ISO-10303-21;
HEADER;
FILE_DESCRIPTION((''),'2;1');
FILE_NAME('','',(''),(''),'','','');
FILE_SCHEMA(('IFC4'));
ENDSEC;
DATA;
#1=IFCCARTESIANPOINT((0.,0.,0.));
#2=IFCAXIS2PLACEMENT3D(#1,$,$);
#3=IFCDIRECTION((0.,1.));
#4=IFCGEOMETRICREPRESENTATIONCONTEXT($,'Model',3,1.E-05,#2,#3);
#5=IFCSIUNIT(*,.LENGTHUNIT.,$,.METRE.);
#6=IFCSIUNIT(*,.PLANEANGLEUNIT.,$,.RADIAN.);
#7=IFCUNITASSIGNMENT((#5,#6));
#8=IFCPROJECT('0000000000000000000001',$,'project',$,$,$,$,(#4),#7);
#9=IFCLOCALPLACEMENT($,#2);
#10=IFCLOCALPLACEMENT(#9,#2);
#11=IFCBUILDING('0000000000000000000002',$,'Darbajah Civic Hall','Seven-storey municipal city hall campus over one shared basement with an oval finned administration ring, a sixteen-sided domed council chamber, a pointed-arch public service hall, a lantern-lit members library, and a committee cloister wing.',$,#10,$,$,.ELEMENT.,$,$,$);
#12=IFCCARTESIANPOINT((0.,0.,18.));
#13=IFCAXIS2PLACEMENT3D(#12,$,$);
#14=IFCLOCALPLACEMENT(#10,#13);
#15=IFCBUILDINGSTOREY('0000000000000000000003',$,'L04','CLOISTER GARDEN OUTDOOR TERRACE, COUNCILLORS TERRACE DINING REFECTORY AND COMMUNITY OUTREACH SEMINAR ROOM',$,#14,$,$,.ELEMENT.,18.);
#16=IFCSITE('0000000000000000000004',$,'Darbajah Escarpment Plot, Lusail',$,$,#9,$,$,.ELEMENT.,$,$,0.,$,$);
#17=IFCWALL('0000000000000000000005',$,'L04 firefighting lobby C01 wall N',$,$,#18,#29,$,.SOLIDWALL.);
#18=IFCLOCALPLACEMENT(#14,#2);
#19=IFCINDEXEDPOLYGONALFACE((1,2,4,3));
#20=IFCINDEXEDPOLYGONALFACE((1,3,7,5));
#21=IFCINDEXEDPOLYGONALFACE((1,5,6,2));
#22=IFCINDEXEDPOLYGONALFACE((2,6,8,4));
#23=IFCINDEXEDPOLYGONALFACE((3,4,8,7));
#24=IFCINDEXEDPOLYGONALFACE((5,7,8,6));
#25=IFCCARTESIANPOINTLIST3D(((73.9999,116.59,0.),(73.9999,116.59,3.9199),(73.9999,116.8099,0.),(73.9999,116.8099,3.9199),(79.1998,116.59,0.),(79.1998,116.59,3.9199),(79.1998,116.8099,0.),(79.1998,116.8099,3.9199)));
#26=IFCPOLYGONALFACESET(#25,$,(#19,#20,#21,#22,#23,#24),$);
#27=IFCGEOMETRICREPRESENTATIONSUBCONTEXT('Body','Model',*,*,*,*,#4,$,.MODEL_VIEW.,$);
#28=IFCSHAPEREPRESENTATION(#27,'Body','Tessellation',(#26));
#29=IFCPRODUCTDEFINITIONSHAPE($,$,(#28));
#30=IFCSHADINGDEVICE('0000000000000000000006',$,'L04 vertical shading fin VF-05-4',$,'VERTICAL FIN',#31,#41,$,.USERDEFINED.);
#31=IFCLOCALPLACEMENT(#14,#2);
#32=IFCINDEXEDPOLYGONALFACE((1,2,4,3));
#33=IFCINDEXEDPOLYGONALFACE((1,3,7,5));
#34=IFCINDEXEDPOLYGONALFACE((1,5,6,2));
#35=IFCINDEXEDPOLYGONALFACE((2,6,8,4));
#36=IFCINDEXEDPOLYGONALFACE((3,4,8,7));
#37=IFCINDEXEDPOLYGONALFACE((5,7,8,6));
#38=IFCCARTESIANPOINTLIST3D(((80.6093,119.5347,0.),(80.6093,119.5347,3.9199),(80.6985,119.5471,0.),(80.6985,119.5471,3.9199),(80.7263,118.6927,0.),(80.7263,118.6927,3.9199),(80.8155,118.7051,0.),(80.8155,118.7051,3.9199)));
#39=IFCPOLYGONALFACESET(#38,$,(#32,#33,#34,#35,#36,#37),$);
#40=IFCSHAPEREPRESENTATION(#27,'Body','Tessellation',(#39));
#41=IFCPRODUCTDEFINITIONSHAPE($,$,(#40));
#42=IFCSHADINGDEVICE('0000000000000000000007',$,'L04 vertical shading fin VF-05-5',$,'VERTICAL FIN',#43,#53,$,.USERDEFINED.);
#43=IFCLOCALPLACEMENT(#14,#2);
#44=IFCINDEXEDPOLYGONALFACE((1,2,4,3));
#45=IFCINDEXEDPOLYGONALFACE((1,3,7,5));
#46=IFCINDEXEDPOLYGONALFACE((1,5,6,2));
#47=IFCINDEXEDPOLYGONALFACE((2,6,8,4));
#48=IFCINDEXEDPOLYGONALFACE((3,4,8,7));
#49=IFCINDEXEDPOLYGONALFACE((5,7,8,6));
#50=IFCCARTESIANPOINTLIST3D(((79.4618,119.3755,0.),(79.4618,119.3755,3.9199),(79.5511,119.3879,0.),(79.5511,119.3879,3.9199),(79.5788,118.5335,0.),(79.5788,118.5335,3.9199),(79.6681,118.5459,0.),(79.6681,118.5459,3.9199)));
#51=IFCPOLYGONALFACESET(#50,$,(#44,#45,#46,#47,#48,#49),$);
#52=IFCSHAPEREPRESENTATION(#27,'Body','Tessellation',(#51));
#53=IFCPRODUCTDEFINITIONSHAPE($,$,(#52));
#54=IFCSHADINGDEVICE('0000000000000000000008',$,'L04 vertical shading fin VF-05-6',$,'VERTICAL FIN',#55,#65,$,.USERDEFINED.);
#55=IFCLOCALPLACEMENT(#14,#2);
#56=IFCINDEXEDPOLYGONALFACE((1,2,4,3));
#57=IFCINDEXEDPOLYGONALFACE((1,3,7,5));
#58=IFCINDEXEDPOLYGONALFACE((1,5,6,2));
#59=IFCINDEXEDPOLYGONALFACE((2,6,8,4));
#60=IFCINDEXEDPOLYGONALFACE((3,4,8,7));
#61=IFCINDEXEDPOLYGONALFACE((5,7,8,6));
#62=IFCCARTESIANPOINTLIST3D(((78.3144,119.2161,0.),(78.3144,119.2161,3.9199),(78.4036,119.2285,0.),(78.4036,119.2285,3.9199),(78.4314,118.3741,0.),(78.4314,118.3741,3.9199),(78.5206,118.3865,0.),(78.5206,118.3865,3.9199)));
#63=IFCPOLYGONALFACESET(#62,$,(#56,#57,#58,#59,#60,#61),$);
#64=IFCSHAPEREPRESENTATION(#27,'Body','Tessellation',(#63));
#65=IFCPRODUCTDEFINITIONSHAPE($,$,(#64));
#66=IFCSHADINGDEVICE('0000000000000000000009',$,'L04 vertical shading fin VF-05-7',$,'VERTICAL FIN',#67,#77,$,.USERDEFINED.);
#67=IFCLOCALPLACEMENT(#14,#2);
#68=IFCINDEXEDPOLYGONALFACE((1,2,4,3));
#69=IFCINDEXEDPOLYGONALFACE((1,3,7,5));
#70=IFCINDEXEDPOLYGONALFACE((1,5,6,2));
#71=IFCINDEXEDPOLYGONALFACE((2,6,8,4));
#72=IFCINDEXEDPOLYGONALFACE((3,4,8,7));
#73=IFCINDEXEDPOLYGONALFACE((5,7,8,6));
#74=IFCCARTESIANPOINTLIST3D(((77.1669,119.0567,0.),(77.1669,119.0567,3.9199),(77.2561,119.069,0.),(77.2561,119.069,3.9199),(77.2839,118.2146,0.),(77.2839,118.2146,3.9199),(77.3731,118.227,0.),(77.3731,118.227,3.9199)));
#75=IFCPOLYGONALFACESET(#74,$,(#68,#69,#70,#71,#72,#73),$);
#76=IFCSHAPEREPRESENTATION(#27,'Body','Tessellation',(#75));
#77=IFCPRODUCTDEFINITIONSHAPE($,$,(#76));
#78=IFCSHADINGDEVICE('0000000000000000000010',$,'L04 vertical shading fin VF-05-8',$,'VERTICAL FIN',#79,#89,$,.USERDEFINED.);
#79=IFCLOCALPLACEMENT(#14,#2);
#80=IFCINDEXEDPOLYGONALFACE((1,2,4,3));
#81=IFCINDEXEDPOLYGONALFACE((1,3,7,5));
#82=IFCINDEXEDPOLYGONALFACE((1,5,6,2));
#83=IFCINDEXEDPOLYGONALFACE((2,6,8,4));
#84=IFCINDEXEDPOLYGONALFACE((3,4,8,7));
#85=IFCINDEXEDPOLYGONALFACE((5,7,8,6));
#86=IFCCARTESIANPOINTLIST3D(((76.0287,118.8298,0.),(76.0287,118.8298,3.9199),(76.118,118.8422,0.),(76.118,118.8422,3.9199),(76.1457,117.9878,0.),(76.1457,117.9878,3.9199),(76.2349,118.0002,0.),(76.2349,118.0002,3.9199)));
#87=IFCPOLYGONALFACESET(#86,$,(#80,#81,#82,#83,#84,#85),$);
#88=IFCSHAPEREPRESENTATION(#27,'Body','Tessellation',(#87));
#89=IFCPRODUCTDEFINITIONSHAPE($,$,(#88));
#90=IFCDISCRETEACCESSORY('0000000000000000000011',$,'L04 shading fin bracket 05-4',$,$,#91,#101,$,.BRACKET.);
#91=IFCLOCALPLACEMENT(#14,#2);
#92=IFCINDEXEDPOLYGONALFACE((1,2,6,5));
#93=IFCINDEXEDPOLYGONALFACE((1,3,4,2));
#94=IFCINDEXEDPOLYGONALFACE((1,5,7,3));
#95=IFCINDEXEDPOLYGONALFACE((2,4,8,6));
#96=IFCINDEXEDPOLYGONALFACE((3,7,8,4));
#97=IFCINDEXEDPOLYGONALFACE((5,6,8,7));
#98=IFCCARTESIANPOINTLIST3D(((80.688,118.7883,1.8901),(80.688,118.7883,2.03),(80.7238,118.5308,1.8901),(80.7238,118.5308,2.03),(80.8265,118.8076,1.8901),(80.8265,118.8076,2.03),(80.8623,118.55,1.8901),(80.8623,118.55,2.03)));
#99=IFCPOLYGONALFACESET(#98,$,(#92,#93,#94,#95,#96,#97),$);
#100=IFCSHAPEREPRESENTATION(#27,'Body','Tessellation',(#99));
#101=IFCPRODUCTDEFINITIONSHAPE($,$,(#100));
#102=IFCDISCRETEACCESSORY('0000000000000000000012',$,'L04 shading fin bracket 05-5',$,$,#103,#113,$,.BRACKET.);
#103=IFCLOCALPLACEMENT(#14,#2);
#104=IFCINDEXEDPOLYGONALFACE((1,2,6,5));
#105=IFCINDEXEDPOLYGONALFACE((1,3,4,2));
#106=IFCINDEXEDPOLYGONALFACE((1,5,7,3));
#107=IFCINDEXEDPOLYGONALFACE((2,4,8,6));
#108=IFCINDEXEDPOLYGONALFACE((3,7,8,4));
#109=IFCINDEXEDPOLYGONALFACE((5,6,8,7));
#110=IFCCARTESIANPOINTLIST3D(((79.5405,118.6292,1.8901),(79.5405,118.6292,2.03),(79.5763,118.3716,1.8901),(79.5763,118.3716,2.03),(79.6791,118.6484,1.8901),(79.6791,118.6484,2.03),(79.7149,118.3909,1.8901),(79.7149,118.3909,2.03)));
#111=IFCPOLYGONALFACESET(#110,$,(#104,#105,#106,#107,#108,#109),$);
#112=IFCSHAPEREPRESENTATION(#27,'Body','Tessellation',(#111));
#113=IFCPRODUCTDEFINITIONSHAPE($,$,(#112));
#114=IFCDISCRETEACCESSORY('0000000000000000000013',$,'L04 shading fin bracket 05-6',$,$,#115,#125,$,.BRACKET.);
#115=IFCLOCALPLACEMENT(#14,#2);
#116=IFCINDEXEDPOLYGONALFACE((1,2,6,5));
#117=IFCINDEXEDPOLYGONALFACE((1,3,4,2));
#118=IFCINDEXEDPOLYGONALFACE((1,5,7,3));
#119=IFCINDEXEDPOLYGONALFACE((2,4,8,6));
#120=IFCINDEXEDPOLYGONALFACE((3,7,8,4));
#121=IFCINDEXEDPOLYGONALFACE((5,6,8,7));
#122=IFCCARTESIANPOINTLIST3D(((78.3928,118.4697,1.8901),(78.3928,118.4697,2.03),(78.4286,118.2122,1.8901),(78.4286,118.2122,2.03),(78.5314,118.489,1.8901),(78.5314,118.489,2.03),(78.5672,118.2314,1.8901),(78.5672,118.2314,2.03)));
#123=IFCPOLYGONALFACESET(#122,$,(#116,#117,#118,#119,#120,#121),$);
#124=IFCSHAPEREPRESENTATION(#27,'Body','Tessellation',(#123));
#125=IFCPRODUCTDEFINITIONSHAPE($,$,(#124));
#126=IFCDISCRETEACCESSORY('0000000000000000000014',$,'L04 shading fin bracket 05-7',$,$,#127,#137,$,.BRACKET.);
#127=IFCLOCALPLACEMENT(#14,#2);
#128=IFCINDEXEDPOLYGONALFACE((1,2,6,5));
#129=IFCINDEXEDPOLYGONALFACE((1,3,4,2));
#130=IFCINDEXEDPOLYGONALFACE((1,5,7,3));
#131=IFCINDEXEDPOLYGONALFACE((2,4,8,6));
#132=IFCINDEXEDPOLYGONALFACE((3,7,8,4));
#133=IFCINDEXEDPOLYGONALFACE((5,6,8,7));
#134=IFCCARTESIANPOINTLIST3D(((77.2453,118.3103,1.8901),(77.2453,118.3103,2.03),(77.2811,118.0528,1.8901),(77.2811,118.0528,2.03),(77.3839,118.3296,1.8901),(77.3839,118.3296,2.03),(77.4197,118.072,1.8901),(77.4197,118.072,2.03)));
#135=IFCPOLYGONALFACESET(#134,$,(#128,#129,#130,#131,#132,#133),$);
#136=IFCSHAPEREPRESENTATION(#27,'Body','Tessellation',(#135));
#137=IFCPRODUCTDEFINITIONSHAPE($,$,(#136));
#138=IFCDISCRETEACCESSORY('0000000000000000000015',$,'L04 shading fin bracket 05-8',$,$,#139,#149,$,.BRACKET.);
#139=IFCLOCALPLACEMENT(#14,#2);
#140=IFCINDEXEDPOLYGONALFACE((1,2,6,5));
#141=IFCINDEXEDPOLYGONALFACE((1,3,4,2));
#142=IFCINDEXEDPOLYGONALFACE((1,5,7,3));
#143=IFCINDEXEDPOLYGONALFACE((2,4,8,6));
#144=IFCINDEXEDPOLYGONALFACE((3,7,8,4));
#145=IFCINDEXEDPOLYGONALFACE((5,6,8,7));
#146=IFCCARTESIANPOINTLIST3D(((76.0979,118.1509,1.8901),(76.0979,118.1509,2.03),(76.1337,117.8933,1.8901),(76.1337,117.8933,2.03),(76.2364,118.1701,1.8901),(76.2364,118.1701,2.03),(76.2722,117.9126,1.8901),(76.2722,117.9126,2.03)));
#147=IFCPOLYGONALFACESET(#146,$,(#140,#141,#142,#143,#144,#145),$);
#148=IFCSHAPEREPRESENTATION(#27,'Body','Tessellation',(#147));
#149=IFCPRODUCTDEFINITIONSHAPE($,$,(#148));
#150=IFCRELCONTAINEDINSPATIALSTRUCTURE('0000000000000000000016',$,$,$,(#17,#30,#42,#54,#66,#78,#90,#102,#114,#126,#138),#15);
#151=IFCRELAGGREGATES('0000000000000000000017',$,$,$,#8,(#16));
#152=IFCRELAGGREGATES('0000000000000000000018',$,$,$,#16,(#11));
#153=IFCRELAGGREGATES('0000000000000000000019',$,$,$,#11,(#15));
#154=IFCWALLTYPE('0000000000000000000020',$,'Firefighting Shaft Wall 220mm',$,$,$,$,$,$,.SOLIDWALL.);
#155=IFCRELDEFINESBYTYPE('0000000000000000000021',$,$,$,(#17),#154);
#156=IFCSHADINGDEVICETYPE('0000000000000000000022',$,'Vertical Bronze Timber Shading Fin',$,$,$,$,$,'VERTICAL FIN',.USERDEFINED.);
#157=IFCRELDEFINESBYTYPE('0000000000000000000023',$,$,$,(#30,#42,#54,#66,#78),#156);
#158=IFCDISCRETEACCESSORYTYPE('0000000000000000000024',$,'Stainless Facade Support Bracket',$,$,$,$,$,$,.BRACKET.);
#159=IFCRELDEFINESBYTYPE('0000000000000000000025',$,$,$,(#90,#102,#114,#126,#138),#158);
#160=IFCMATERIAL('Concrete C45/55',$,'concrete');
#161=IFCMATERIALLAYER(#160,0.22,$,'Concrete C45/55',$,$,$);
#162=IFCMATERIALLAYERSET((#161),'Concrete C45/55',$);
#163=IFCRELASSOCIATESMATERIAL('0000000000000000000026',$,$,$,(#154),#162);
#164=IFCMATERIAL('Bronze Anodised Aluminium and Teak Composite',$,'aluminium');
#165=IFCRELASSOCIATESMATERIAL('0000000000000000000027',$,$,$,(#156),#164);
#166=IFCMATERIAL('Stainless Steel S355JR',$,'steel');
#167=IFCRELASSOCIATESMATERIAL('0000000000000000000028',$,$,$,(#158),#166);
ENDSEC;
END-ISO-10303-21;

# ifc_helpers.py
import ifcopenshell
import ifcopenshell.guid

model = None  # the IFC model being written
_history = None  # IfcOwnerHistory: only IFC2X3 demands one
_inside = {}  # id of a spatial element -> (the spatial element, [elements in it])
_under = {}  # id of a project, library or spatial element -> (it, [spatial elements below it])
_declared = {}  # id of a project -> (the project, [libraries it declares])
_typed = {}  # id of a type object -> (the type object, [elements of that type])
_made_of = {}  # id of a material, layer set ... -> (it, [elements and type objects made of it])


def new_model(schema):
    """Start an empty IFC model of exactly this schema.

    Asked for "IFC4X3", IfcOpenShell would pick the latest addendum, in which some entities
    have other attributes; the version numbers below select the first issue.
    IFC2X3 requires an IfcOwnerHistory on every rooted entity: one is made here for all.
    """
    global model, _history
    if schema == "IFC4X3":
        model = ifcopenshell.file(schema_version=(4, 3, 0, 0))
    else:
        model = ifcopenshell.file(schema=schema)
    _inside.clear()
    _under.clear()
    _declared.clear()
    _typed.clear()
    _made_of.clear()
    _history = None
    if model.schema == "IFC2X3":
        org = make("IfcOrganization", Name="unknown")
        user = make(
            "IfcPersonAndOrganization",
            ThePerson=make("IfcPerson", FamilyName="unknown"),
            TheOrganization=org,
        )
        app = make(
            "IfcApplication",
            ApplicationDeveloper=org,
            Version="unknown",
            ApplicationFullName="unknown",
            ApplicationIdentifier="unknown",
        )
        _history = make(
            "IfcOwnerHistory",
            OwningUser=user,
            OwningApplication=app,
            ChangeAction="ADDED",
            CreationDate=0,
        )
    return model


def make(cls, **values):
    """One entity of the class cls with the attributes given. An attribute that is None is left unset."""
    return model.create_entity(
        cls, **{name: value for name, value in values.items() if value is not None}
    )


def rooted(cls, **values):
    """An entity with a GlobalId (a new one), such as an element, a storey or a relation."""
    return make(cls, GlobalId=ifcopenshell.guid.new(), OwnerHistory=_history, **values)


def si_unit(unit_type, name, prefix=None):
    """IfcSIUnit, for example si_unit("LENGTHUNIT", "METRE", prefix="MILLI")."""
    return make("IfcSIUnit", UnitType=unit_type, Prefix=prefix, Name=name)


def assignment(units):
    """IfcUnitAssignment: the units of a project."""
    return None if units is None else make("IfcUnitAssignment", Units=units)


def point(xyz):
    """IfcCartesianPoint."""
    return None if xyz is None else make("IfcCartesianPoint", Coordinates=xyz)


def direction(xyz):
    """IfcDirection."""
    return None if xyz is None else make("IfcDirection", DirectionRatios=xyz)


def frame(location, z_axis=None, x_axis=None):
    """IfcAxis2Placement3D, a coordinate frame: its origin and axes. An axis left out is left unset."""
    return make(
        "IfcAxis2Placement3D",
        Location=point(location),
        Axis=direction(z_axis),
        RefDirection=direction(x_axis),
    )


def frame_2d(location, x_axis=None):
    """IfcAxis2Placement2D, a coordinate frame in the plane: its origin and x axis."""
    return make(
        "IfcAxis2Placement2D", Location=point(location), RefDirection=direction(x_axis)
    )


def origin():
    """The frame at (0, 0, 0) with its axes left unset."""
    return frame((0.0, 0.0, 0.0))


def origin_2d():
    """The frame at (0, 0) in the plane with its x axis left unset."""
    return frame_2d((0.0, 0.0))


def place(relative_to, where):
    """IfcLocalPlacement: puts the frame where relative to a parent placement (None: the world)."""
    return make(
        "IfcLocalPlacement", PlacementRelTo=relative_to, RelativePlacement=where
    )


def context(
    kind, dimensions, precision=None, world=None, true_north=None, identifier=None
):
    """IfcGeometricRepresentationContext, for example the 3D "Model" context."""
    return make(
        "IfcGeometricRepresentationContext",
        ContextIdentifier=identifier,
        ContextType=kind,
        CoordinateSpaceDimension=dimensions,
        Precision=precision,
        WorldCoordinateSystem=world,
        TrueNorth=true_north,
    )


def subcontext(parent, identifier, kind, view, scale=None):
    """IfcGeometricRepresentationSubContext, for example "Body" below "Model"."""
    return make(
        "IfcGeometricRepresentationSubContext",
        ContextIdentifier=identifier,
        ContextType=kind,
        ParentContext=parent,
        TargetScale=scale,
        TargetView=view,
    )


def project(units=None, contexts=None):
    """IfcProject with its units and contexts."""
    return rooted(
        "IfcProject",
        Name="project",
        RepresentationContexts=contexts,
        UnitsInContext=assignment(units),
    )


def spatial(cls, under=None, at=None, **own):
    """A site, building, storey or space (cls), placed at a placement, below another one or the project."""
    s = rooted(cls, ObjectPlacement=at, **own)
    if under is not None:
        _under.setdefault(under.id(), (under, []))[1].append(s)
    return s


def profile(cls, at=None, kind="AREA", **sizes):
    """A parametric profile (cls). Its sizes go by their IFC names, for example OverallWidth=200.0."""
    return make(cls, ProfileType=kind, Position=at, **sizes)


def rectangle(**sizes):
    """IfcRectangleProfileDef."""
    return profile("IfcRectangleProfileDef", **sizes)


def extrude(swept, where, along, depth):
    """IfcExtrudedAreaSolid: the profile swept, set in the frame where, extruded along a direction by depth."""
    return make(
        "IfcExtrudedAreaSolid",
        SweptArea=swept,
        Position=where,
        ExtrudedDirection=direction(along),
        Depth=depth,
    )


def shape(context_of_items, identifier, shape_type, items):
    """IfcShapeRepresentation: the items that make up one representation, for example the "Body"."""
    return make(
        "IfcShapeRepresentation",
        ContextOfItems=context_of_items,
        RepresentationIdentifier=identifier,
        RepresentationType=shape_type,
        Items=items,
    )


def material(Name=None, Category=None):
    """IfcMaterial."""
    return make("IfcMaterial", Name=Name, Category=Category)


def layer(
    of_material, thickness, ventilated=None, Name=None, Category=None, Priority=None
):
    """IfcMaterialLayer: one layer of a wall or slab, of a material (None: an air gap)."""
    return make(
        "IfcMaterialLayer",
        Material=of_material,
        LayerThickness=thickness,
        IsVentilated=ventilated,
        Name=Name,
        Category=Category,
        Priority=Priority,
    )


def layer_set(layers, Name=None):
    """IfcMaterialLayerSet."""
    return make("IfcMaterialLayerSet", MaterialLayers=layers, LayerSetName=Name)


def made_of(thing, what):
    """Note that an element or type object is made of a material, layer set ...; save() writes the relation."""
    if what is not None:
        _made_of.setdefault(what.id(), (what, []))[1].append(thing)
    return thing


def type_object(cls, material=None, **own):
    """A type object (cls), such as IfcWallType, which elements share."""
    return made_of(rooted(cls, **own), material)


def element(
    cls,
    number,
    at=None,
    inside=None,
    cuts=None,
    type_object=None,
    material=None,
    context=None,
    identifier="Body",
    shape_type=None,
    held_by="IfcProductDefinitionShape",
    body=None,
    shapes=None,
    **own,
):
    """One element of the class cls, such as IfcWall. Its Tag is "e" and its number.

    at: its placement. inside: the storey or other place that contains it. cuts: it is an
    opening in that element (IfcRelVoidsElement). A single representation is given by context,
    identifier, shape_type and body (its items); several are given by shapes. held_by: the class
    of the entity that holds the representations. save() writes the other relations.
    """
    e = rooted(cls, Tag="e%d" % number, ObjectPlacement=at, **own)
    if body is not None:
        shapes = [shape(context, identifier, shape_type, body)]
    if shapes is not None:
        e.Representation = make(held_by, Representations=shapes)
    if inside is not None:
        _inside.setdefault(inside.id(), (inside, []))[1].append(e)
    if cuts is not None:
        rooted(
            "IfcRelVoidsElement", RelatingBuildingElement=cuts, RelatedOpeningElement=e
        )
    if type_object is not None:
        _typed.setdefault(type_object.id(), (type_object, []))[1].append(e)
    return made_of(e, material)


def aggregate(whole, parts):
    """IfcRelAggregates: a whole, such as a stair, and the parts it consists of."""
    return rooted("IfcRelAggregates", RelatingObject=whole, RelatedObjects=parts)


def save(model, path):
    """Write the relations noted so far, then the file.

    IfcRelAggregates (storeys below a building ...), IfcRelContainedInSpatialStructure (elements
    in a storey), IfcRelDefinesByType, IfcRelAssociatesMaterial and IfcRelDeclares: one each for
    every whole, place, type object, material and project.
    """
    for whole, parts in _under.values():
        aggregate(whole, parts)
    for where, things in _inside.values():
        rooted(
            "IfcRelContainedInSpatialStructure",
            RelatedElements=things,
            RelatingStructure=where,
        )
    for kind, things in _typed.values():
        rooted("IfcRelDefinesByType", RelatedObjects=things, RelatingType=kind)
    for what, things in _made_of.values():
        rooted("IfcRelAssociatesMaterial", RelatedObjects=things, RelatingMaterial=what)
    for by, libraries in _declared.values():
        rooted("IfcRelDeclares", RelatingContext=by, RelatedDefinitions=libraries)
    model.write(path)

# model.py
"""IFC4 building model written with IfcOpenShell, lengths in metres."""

from ifc_helpers import new_model, si_unit, direction, frame, frame_2d, origin, origin_2d, place, context, subcontext, project, spatial, rectangle, extrude, material, layer, layer_set, type_object, element, save


model = new_model("IFC4")

# Units and contexts
model_context = context("Model", 3, precision=1e-05, world=origin(), true_north=direction((0.0, 1.0)))
body_context = subcontext(model_context, "Body", "Model", "MODEL_VIEW")
ifc_project = project(units=[si_unit("LENGTHUNIT", "METRE"), si_unit("PLANEANGLEUNIT", "RADIAN")], contexts=[model_context])

# Site, building, storey
site_placement = place(None, origin())
site = spatial("IfcSite", under=ifc_project, at=site_placement, Name="Darbajah Escarpment Plot, Lusail", CompositionType="ELEMENT", RefElevation=0.0)
building_placement = place(site_placement, origin())
building = spatial("IfcBuilding", under=site, at=building_placement, Name="Darbajah Civic Hall", Description="Seven-storey municipal city hall campus over one shared basement with an oval finned administration ring, a sixteen-sided domed council chamber, a pointed-arch public service hall, a lantern-lit members library, and a committee cloister wing.", CompositionType="ELEMENT")
storey_placement = place(building_placement, frame((0.0, 0.0, 18.0)))
storey = spatial("IfcBuildingStorey", under=building, at=storey_placement, Name="L04", Description="CLOISTER GARDEN OUTDOOR TERRACE, COUNCILLORS TERRACE DINING REFECTORY AND COMMUNITY OUTREACH SEMINAR ROOM", CompositionType="ELEMENT", Elevation=18.0)

# Wall
ifc_material_1 = material(Name="Concrete C45/55", Category="concrete")
ifc_layer_1 = layer(ifc_material_1, 0.22, Name="Concrete C45/55")
ifc_layer_set_1 = layer_set([ifc_layer_1], Name="Concrete C45/55")
wall_type_1 = type_object("IfcWallType", Name="Firefighting Shaft Wall 220mm", PredefinedType="SOLIDWALL", material=ifc_layer_set_1)
wall_1_placement = place(storey_placement, frame((79.2, 116.7, 0.0), z_axis=(0.0, 0.0, 1.0), x_axis=(-1.0, 0.0, 0.0)))
element("IfcWall", 1, at=wall_1_placement, inside=storey, type_object=wall_type_1, Name="L04 firefighting lobby C01 wall N", PredefinedType="SOLIDWALL", context=body_context, shape_type="SweptSolid", body=[
    extrude(rectangle(XDim=5.2, YDim=0.22, at=frame_2d((2.6001, 0.0))), origin(), (0.0, 0.0, 1.0), 3.9199),
])

# Shading devices
ifc_material_2 = material(Name="Bronze Anodised Aluminium and Teak Composite", Category="aluminium")
shading_device_type = type_object("IfcShadingDeviceType", Name="Vertical Bronze Timber Shading Fin", ElementType="VERTICAL FIN", PredefinedType="USERDEFINED", material=ifc_material_2)
for number, where, z_axis, x_axis, name in (
    (2, (80.7124, 119.1199, 0.0), (0.0, 0.0, 1.0), (-0.137617, 0.990485, 0.0), "L04 vertical shading fin VF-05-4"),
    (3, (79.5649, 118.9607, 0.0), (0.0, 0.0, 1.0), (-0.137617, 0.990485, 0.0), "L04 vertical shading fin VF-05-5"),
    (4, (78.4175, 118.8013, 0.0), (0.0, 0.0, 1.0), (-0.137617, 0.990485, 0.0), "L04 vertical shading fin VF-05-6"),
    (5, (77.27, 118.6418, 0.0), (0.0, 0.0, 1.0), (-0.137617, 0.990485, 0.0), "L04 vertical shading fin VF-05-7"),
    (6, (76.1318, 118.415, 0.0), (0.0, 0.0, 1.0), (-0.137617, 0.990485, 0.0), "L04 vertical shading fin VF-05-8"),
):
    element("IfcShadingDevice", number, at=place(storey_placement, frame(where, z_axis=z_axis, x_axis=x_axis)), inside=storey, type_object=shading_device_type, Name=name, ObjectType="VERTICAL FIN", PredefinedType="USERDEFINED", context=body_context, shape_type="SweptSolid", body=[
        extrude(rectangle(XDim=0.8501, YDim=0.0901, at=origin_2d()), origin(), (0.0, 0.0, 1.0), 3.9199),
    ])

# Discrete accessories
ifc_material_3 = material(Name="Stainless Steel S355JR", Category="steel")
discrete_accessory_type = type_object("IfcDiscreteAccessoryType", Name="Stainless Facade Support Bracket", PredefinedType="BRACKET", material=ifc_material_3)
for number, where, z_axis, x_axis, name in (
    (7, (80.7751, 118.6692, 1.8901), (0.0, 0.0, 1.0), (-0.137617, 0.990485, 0.0), "L04 shading fin bracket 05-4"),
    (8, (79.6277, 118.51, 1.8901), (0.0, 0.0, 1.0), (-0.137617, 0.990485, 0.0), "L04 shading fin bracket 05-5"),
    (9, (78.48, 118.3506, 1.8901), (0.0, 0.0, 1.0), (-0.137617, 0.990485, 0.0), "L04 shading fin bracket 05-6"),
    (10, (77.3325, 118.1912, 1.8901), (0.0, 0.0, 1.0), (-0.137617, 0.990485, 0.0), "L04 shading fin bracket 05-7"),
    (11, (76.1851, 118.0317, 1.8901), (0.0, 0.0, 1.0), (-0.137617, 0.990485, 0.0), "L04 shading fin bracket 05-8"),
):
    element("IfcDiscreteAccessory", number, at=place(storey_placement, frame(where, z_axis=z_axis, x_axis=x_axis)), inside=storey, type_object=discrete_accessory_type, Name=name, PredefinedType="BRACKET", context=body_context, shape_type="SweptSolid", body=[
        extrude(rectangle(XDim=0.26, YDim=0.1399, at=origin_2d()), origin(), (0.0, 0.0, 1.0), 0.1399),
    ])

save(model, "model.ifc")
